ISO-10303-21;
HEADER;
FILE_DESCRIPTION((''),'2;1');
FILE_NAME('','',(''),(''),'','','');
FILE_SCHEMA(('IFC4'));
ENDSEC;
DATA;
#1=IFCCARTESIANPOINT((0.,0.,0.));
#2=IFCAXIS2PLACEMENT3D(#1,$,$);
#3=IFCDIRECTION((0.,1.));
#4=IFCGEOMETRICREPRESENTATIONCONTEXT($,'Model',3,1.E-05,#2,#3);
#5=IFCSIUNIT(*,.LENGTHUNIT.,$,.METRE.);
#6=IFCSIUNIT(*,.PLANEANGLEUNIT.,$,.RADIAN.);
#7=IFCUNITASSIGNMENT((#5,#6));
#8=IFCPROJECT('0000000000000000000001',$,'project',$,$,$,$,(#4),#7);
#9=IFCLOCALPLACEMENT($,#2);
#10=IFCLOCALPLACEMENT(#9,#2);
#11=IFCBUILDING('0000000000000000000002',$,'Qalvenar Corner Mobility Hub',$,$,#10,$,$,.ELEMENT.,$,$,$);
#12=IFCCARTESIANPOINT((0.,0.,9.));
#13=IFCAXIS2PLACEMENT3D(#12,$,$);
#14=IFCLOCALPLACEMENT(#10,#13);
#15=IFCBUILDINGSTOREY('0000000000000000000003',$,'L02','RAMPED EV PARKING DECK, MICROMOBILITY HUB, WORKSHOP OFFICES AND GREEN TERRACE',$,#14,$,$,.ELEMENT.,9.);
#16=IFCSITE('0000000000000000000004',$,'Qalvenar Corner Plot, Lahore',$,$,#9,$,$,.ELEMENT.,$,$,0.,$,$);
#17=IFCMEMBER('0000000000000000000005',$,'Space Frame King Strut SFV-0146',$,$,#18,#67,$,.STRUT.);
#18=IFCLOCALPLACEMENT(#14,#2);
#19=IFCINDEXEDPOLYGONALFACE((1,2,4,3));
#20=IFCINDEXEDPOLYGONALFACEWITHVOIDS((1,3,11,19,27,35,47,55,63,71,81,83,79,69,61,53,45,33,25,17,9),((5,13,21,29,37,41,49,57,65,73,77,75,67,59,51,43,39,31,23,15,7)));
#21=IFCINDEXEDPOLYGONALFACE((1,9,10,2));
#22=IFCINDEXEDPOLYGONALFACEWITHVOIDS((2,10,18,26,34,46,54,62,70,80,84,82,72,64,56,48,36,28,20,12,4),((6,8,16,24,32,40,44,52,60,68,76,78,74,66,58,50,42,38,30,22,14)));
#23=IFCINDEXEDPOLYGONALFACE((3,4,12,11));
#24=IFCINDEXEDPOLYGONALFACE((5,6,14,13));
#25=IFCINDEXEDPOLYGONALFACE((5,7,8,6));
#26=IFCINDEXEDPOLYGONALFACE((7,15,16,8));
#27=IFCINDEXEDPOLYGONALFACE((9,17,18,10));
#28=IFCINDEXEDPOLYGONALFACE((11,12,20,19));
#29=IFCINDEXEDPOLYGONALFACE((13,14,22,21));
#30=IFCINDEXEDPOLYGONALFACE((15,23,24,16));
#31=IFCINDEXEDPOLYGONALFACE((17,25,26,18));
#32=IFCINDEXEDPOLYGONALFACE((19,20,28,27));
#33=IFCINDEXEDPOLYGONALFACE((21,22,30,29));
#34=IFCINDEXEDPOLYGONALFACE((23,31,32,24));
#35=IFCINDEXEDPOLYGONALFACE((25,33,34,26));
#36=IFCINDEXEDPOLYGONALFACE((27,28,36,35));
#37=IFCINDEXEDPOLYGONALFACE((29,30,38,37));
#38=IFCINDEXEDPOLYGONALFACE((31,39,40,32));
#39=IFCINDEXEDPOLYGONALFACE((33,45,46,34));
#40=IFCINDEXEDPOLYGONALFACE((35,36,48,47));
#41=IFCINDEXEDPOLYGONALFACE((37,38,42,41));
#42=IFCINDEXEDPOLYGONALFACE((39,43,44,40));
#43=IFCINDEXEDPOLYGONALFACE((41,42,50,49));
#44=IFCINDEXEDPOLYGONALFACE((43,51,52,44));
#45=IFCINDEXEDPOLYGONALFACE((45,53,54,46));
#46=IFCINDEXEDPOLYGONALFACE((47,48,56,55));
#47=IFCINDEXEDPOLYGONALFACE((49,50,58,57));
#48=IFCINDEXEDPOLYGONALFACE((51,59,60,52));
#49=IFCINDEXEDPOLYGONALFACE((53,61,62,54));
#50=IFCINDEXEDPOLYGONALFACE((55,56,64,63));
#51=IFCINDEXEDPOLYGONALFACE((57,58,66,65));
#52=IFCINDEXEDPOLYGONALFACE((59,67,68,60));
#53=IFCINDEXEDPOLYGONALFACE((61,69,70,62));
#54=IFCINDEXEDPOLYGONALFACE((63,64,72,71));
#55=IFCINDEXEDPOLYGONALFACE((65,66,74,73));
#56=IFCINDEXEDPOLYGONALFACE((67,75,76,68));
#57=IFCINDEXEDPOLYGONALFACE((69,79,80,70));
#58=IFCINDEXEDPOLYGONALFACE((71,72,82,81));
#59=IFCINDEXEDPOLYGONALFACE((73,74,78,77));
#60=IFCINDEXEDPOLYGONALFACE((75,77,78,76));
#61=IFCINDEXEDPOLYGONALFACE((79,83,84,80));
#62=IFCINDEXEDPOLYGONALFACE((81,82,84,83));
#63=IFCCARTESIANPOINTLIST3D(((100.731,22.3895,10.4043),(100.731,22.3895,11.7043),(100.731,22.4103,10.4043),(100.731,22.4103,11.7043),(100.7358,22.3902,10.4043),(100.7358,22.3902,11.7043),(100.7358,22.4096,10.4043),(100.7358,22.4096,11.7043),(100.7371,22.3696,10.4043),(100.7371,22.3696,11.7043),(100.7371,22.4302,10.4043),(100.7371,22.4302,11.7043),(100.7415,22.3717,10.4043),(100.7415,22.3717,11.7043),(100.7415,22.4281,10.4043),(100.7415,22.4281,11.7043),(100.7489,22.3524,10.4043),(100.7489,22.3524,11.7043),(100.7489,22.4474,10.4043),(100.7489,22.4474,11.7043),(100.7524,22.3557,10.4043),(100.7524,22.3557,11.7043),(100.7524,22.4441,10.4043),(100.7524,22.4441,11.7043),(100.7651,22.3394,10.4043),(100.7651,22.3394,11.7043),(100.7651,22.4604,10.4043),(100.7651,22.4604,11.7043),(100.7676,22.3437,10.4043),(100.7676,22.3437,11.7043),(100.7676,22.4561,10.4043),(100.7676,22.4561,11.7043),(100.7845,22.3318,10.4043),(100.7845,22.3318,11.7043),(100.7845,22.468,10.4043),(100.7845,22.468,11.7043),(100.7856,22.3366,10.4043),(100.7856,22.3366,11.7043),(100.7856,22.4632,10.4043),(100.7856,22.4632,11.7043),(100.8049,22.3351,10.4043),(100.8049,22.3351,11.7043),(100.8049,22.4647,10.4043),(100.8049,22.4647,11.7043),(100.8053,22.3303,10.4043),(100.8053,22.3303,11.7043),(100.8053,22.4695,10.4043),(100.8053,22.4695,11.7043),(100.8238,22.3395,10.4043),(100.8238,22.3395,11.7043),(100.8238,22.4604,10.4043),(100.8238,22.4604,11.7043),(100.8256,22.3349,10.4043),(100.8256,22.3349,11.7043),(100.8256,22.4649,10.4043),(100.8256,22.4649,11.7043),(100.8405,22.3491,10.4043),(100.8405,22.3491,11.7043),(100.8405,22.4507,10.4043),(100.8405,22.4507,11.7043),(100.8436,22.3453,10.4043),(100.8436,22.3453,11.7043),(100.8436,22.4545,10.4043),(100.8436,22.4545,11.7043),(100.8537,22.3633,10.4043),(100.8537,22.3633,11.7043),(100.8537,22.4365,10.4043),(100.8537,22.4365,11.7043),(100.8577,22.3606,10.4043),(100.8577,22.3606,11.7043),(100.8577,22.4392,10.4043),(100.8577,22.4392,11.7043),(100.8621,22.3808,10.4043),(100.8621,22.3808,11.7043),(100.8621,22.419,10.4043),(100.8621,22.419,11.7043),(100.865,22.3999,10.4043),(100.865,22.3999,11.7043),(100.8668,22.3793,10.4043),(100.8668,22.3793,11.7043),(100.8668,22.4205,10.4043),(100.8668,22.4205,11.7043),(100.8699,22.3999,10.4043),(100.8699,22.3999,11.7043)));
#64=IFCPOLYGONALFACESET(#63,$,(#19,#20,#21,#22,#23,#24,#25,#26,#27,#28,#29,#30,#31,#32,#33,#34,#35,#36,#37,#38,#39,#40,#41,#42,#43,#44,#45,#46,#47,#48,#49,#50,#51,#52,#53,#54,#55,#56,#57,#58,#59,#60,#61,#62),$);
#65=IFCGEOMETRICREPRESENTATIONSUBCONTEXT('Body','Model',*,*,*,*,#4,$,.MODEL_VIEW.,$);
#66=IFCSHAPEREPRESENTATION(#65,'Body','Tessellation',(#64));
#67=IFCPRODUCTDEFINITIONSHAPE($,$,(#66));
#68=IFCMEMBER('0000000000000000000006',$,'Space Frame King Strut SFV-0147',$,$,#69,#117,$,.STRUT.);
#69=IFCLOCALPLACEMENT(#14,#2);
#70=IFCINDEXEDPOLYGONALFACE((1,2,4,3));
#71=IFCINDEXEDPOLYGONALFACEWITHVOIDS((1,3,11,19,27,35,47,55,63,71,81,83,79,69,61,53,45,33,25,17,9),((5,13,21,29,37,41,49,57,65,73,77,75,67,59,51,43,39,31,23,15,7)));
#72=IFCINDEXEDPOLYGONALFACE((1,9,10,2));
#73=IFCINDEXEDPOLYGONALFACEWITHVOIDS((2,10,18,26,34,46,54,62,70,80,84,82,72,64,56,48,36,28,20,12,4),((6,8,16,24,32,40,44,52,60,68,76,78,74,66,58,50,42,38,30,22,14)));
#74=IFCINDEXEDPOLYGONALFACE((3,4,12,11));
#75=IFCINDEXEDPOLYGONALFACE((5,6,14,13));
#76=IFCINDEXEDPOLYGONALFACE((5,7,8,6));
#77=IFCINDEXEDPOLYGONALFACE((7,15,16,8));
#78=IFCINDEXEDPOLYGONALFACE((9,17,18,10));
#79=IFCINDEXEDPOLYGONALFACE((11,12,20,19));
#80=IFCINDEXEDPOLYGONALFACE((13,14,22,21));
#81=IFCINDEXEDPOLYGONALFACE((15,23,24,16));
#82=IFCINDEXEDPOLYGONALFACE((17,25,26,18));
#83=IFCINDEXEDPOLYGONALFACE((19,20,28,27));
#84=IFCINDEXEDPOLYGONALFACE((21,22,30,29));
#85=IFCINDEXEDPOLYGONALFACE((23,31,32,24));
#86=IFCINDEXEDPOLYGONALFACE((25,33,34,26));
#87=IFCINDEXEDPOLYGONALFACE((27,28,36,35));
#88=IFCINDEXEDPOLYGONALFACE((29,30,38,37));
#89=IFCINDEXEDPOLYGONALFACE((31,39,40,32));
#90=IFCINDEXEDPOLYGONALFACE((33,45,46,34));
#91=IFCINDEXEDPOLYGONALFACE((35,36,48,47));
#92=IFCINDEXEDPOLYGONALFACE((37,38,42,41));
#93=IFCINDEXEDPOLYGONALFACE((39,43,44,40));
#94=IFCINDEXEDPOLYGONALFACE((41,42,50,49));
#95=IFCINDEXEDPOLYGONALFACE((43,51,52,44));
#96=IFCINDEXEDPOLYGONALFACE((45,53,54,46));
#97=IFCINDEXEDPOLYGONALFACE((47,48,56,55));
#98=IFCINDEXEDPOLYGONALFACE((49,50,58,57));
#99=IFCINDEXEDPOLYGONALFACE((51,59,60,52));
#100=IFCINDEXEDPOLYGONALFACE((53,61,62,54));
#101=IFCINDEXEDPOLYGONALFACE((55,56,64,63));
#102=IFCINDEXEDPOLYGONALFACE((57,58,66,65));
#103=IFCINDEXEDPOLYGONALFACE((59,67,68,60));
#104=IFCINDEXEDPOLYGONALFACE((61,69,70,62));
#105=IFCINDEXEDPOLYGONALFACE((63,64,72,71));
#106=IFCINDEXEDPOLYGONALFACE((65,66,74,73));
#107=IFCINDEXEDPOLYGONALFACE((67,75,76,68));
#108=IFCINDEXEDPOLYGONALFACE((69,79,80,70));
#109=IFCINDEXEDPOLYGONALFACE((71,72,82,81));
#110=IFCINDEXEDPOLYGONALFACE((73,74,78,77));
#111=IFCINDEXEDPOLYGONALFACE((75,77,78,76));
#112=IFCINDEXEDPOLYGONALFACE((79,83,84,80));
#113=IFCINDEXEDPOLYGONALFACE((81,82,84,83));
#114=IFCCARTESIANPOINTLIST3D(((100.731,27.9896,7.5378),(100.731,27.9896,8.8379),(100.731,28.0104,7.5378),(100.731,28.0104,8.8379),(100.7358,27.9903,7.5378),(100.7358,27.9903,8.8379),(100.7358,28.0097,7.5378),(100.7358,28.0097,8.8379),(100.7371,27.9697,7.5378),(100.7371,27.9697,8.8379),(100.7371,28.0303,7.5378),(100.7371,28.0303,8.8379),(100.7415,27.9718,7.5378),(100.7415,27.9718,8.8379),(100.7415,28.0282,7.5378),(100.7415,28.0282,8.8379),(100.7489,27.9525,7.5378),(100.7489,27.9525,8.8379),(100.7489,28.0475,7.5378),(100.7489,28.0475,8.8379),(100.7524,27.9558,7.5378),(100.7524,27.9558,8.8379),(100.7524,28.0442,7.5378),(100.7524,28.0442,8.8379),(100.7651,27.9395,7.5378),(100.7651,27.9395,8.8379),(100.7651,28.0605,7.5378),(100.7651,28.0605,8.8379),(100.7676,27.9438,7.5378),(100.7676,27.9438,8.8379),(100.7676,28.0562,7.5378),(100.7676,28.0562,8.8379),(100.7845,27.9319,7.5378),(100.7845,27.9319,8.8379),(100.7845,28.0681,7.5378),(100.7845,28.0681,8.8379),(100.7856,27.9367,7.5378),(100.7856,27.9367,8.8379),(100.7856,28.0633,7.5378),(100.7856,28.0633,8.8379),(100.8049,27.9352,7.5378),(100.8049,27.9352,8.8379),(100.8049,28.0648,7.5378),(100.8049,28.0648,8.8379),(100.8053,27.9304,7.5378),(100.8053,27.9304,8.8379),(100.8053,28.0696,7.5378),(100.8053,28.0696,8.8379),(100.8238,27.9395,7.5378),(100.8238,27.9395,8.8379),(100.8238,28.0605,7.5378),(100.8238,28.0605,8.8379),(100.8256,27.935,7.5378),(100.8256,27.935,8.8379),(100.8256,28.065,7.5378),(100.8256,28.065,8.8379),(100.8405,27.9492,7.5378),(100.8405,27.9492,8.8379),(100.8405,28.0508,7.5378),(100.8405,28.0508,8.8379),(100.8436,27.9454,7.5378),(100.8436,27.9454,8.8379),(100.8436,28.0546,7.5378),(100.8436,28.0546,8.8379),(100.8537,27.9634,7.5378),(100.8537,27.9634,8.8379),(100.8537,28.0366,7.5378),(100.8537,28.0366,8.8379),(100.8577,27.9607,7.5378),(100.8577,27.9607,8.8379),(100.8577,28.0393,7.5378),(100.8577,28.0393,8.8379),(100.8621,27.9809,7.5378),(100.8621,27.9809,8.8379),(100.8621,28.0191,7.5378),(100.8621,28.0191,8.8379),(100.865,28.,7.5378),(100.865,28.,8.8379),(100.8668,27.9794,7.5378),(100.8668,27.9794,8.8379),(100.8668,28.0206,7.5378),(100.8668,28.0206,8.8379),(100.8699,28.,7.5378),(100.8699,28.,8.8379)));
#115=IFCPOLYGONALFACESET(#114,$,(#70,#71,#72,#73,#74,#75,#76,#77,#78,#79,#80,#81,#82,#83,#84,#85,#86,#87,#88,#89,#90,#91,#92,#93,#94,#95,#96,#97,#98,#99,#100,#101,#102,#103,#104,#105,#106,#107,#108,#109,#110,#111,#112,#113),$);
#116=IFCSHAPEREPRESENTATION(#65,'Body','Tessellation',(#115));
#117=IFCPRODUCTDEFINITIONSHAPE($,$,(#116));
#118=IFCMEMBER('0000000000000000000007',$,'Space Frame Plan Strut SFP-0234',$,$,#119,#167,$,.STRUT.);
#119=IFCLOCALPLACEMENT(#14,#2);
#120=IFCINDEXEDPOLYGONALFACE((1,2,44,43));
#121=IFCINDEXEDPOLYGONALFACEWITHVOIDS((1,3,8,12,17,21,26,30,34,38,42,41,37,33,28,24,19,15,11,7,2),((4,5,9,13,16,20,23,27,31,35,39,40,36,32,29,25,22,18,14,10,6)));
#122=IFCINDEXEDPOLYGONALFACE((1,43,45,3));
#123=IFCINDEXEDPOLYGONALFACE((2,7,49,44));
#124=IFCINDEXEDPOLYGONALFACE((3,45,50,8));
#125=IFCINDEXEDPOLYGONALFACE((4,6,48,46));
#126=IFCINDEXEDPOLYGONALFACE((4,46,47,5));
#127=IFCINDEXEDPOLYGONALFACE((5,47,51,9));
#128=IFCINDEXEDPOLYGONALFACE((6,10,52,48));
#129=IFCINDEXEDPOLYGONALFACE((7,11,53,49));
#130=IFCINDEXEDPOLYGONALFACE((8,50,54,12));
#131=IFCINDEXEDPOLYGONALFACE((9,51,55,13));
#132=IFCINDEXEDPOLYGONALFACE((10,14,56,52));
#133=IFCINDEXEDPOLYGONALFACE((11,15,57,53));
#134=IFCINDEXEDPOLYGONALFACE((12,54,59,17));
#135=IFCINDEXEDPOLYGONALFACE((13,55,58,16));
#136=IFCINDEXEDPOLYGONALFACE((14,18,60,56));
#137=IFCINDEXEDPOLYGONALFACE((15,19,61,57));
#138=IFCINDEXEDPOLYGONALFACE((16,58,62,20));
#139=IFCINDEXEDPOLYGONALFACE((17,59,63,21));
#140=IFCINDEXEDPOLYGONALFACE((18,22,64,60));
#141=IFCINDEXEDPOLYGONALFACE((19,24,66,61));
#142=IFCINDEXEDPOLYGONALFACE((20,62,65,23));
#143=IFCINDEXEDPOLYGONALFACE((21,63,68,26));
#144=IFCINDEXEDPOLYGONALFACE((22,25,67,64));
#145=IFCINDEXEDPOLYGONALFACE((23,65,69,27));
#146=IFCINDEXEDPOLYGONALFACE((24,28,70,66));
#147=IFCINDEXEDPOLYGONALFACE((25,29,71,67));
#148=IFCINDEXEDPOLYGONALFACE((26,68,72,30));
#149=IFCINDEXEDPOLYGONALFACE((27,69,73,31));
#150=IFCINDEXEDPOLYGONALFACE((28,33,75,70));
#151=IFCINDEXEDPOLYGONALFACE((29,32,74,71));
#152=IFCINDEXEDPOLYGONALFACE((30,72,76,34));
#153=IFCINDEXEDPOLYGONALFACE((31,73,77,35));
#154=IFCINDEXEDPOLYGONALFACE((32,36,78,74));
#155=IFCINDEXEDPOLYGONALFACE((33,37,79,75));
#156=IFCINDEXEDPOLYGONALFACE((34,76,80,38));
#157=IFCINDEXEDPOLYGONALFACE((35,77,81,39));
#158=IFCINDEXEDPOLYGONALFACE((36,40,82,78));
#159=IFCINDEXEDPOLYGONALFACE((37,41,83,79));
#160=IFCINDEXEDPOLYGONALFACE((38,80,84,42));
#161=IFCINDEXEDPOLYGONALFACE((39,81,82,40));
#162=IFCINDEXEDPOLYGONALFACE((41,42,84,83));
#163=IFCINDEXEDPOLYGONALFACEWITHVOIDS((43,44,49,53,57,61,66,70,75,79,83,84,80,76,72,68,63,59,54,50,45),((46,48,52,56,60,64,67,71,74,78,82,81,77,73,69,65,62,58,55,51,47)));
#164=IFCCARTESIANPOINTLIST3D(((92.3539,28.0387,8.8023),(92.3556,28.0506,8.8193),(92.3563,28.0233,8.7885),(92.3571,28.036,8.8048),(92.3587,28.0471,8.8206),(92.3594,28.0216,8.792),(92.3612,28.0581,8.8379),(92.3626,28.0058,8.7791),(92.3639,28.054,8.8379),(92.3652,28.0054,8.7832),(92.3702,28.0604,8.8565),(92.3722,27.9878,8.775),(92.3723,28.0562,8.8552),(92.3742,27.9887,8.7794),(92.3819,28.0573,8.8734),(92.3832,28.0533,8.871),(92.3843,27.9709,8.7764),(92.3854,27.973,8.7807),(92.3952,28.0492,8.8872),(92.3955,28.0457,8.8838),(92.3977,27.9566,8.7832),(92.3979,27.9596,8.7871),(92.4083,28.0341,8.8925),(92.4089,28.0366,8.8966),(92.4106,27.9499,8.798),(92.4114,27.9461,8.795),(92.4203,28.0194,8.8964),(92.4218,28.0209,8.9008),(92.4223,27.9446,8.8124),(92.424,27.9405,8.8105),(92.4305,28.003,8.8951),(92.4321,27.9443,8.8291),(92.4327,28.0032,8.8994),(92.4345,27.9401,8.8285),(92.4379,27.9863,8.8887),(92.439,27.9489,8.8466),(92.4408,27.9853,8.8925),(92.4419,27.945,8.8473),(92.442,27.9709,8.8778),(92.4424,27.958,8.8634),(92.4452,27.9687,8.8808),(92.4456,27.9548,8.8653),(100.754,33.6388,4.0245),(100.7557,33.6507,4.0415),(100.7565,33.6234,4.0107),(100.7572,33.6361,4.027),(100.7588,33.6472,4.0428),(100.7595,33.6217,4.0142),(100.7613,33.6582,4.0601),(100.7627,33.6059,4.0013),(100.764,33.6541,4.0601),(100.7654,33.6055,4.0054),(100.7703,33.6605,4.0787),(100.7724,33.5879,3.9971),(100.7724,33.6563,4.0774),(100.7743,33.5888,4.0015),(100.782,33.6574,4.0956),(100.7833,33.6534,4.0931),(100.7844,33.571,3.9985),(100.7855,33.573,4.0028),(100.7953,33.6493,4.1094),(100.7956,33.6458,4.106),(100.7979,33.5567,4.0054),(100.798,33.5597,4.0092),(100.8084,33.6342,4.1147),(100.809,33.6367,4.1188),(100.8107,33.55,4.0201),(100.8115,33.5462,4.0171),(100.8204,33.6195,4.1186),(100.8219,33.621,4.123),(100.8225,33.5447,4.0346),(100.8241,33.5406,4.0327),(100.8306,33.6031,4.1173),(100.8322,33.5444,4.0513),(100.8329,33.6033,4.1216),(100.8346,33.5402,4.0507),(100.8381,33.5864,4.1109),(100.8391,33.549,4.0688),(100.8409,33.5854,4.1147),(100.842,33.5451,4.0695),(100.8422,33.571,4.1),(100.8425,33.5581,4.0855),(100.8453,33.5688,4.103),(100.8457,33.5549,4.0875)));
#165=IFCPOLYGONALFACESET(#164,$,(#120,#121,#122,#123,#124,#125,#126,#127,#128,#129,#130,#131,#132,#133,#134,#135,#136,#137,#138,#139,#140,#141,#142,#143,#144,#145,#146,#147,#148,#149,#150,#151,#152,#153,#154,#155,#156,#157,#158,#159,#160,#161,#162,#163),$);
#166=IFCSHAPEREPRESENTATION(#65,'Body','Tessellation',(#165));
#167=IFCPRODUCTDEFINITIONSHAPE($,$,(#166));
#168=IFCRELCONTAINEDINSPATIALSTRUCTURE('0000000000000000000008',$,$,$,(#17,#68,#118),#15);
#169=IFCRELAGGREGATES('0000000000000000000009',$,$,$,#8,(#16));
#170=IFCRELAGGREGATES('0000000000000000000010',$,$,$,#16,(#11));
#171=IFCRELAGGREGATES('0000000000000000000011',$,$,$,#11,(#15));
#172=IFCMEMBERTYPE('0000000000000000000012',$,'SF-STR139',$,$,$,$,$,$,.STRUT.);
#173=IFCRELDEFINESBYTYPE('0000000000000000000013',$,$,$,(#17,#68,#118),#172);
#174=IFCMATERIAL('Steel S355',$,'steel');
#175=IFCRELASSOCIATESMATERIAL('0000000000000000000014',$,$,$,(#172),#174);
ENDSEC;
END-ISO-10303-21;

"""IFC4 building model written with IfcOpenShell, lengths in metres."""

from ifc_helpers import new_model, si_unit, direction, frame, origin, origin_2d, place, context, subcontext, project, spatial, hollow_circle, extrude, material, material_profile, profile_set, type_object, element, save


model = new_model("IFC4")

# Units and contexts
model_context = context("Model", 3, precision=1e-05, world=origin(), true_north=direction((0.0, 1.0)))
body_context = subcontext(model_context, "Body", "Model", "MODEL_VIEW")
ifc_project = project(units=[si_unit("LENGTHUNIT", "METRE"), si_unit("PLANEANGLEUNIT", "RADIAN")], contexts=[model_context])

# Site, building, storey
site_placement = place(None, origin())
site = spatial("IfcSite", under=ifc_project, at=site_placement, Name="Qalvenar Corner Plot, Lahore", CompositionType="ELEMENT", RefElevation=0.0)
building_placement = place(site_placement, origin())
building = spatial("IfcBuilding", under=site, at=building_placement, Name="Qalvenar Corner Mobility Hub", CompositionType="ELEMENT")
storey_placement = place(building_placement, frame((0.0, 0.0, 9.0)))
storey = spatial("IfcBuildingStorey", under=building, at=storey_placement, Name="L02", Description="RAMPED EV PARKING DECK, MICROMOBILITY HUB, WORKSHOP OFFICES AND GREEN TERRACE", CompositionType="ELEMENT", Elevation=9.0)

# Members
ifc_material_1 = material(Name="Steel S355", Category="steel")
ifc_material_profile_1 = material_profile(ifc_material_1, hollow_circle(Radius=0.0698, WallThickness=0.0049, at=origin_2d()), Name="CHS139.7x5")
ifc_profile_set_1 = profile_set([ifc_material_profile_1], Name="Steel S355")
member_type_1 = type_object("IfcMemberType", Name="SF-STR139", PredefinedType="STRUT", material=ifc_profile_set_1)
for number, where, z_axis, x_axis, name in (
    (1, (100.8, 22.3999, 10.4043), (0.0, 0.0, 1.0), (1.0, 0.0, 0.0), "Space Frame King Strut SFV-0146"),
    (2, (100.8, 28.0, 7.5378), (0.0, 0.0, 1.0), (1.0, 0.0, 0.0), "Space Frame King Strut SFV-0147"),
):
    element("IfcMember", number, at=place(storey_placement, frame(where, z_axis=z_axis, x_axis=x_axis)), inside=storey, type_object=member_type_1, Name=name, PredefinedType="STRUT", context=body_context, shape_type="SweptSolid", body=[
        extrude(hollow_circle(Radius=0.0698, WallThickness=0.0049, at=origin_2d()), origin(), (0.0, 0.0, 1.0), 1.3),
    ])
member_1_placement = place(storey_placement, frame((92.3999, 28.0, 8.8379), z_axis=(0.752081, 0.501387, -0.427768), x_axis=(-0.5547, 0.83205, 0.0)))
element("IfcMember", 3, at=member_1_placement, inside=storey, type_object=member_type_1, Name="Space Frame Plan Strut SFP-0234", PredefinedType="STRUT", context=body_context, shape_type="SweptSolid", body=[
    extrude(hollow_circle(Radius=0.0698, WallThickness=0.0049, at=origin_2d()), origin(), (0.0, 0.0, 1.0), 11.1692),
])

save(model, "model.ifc")
